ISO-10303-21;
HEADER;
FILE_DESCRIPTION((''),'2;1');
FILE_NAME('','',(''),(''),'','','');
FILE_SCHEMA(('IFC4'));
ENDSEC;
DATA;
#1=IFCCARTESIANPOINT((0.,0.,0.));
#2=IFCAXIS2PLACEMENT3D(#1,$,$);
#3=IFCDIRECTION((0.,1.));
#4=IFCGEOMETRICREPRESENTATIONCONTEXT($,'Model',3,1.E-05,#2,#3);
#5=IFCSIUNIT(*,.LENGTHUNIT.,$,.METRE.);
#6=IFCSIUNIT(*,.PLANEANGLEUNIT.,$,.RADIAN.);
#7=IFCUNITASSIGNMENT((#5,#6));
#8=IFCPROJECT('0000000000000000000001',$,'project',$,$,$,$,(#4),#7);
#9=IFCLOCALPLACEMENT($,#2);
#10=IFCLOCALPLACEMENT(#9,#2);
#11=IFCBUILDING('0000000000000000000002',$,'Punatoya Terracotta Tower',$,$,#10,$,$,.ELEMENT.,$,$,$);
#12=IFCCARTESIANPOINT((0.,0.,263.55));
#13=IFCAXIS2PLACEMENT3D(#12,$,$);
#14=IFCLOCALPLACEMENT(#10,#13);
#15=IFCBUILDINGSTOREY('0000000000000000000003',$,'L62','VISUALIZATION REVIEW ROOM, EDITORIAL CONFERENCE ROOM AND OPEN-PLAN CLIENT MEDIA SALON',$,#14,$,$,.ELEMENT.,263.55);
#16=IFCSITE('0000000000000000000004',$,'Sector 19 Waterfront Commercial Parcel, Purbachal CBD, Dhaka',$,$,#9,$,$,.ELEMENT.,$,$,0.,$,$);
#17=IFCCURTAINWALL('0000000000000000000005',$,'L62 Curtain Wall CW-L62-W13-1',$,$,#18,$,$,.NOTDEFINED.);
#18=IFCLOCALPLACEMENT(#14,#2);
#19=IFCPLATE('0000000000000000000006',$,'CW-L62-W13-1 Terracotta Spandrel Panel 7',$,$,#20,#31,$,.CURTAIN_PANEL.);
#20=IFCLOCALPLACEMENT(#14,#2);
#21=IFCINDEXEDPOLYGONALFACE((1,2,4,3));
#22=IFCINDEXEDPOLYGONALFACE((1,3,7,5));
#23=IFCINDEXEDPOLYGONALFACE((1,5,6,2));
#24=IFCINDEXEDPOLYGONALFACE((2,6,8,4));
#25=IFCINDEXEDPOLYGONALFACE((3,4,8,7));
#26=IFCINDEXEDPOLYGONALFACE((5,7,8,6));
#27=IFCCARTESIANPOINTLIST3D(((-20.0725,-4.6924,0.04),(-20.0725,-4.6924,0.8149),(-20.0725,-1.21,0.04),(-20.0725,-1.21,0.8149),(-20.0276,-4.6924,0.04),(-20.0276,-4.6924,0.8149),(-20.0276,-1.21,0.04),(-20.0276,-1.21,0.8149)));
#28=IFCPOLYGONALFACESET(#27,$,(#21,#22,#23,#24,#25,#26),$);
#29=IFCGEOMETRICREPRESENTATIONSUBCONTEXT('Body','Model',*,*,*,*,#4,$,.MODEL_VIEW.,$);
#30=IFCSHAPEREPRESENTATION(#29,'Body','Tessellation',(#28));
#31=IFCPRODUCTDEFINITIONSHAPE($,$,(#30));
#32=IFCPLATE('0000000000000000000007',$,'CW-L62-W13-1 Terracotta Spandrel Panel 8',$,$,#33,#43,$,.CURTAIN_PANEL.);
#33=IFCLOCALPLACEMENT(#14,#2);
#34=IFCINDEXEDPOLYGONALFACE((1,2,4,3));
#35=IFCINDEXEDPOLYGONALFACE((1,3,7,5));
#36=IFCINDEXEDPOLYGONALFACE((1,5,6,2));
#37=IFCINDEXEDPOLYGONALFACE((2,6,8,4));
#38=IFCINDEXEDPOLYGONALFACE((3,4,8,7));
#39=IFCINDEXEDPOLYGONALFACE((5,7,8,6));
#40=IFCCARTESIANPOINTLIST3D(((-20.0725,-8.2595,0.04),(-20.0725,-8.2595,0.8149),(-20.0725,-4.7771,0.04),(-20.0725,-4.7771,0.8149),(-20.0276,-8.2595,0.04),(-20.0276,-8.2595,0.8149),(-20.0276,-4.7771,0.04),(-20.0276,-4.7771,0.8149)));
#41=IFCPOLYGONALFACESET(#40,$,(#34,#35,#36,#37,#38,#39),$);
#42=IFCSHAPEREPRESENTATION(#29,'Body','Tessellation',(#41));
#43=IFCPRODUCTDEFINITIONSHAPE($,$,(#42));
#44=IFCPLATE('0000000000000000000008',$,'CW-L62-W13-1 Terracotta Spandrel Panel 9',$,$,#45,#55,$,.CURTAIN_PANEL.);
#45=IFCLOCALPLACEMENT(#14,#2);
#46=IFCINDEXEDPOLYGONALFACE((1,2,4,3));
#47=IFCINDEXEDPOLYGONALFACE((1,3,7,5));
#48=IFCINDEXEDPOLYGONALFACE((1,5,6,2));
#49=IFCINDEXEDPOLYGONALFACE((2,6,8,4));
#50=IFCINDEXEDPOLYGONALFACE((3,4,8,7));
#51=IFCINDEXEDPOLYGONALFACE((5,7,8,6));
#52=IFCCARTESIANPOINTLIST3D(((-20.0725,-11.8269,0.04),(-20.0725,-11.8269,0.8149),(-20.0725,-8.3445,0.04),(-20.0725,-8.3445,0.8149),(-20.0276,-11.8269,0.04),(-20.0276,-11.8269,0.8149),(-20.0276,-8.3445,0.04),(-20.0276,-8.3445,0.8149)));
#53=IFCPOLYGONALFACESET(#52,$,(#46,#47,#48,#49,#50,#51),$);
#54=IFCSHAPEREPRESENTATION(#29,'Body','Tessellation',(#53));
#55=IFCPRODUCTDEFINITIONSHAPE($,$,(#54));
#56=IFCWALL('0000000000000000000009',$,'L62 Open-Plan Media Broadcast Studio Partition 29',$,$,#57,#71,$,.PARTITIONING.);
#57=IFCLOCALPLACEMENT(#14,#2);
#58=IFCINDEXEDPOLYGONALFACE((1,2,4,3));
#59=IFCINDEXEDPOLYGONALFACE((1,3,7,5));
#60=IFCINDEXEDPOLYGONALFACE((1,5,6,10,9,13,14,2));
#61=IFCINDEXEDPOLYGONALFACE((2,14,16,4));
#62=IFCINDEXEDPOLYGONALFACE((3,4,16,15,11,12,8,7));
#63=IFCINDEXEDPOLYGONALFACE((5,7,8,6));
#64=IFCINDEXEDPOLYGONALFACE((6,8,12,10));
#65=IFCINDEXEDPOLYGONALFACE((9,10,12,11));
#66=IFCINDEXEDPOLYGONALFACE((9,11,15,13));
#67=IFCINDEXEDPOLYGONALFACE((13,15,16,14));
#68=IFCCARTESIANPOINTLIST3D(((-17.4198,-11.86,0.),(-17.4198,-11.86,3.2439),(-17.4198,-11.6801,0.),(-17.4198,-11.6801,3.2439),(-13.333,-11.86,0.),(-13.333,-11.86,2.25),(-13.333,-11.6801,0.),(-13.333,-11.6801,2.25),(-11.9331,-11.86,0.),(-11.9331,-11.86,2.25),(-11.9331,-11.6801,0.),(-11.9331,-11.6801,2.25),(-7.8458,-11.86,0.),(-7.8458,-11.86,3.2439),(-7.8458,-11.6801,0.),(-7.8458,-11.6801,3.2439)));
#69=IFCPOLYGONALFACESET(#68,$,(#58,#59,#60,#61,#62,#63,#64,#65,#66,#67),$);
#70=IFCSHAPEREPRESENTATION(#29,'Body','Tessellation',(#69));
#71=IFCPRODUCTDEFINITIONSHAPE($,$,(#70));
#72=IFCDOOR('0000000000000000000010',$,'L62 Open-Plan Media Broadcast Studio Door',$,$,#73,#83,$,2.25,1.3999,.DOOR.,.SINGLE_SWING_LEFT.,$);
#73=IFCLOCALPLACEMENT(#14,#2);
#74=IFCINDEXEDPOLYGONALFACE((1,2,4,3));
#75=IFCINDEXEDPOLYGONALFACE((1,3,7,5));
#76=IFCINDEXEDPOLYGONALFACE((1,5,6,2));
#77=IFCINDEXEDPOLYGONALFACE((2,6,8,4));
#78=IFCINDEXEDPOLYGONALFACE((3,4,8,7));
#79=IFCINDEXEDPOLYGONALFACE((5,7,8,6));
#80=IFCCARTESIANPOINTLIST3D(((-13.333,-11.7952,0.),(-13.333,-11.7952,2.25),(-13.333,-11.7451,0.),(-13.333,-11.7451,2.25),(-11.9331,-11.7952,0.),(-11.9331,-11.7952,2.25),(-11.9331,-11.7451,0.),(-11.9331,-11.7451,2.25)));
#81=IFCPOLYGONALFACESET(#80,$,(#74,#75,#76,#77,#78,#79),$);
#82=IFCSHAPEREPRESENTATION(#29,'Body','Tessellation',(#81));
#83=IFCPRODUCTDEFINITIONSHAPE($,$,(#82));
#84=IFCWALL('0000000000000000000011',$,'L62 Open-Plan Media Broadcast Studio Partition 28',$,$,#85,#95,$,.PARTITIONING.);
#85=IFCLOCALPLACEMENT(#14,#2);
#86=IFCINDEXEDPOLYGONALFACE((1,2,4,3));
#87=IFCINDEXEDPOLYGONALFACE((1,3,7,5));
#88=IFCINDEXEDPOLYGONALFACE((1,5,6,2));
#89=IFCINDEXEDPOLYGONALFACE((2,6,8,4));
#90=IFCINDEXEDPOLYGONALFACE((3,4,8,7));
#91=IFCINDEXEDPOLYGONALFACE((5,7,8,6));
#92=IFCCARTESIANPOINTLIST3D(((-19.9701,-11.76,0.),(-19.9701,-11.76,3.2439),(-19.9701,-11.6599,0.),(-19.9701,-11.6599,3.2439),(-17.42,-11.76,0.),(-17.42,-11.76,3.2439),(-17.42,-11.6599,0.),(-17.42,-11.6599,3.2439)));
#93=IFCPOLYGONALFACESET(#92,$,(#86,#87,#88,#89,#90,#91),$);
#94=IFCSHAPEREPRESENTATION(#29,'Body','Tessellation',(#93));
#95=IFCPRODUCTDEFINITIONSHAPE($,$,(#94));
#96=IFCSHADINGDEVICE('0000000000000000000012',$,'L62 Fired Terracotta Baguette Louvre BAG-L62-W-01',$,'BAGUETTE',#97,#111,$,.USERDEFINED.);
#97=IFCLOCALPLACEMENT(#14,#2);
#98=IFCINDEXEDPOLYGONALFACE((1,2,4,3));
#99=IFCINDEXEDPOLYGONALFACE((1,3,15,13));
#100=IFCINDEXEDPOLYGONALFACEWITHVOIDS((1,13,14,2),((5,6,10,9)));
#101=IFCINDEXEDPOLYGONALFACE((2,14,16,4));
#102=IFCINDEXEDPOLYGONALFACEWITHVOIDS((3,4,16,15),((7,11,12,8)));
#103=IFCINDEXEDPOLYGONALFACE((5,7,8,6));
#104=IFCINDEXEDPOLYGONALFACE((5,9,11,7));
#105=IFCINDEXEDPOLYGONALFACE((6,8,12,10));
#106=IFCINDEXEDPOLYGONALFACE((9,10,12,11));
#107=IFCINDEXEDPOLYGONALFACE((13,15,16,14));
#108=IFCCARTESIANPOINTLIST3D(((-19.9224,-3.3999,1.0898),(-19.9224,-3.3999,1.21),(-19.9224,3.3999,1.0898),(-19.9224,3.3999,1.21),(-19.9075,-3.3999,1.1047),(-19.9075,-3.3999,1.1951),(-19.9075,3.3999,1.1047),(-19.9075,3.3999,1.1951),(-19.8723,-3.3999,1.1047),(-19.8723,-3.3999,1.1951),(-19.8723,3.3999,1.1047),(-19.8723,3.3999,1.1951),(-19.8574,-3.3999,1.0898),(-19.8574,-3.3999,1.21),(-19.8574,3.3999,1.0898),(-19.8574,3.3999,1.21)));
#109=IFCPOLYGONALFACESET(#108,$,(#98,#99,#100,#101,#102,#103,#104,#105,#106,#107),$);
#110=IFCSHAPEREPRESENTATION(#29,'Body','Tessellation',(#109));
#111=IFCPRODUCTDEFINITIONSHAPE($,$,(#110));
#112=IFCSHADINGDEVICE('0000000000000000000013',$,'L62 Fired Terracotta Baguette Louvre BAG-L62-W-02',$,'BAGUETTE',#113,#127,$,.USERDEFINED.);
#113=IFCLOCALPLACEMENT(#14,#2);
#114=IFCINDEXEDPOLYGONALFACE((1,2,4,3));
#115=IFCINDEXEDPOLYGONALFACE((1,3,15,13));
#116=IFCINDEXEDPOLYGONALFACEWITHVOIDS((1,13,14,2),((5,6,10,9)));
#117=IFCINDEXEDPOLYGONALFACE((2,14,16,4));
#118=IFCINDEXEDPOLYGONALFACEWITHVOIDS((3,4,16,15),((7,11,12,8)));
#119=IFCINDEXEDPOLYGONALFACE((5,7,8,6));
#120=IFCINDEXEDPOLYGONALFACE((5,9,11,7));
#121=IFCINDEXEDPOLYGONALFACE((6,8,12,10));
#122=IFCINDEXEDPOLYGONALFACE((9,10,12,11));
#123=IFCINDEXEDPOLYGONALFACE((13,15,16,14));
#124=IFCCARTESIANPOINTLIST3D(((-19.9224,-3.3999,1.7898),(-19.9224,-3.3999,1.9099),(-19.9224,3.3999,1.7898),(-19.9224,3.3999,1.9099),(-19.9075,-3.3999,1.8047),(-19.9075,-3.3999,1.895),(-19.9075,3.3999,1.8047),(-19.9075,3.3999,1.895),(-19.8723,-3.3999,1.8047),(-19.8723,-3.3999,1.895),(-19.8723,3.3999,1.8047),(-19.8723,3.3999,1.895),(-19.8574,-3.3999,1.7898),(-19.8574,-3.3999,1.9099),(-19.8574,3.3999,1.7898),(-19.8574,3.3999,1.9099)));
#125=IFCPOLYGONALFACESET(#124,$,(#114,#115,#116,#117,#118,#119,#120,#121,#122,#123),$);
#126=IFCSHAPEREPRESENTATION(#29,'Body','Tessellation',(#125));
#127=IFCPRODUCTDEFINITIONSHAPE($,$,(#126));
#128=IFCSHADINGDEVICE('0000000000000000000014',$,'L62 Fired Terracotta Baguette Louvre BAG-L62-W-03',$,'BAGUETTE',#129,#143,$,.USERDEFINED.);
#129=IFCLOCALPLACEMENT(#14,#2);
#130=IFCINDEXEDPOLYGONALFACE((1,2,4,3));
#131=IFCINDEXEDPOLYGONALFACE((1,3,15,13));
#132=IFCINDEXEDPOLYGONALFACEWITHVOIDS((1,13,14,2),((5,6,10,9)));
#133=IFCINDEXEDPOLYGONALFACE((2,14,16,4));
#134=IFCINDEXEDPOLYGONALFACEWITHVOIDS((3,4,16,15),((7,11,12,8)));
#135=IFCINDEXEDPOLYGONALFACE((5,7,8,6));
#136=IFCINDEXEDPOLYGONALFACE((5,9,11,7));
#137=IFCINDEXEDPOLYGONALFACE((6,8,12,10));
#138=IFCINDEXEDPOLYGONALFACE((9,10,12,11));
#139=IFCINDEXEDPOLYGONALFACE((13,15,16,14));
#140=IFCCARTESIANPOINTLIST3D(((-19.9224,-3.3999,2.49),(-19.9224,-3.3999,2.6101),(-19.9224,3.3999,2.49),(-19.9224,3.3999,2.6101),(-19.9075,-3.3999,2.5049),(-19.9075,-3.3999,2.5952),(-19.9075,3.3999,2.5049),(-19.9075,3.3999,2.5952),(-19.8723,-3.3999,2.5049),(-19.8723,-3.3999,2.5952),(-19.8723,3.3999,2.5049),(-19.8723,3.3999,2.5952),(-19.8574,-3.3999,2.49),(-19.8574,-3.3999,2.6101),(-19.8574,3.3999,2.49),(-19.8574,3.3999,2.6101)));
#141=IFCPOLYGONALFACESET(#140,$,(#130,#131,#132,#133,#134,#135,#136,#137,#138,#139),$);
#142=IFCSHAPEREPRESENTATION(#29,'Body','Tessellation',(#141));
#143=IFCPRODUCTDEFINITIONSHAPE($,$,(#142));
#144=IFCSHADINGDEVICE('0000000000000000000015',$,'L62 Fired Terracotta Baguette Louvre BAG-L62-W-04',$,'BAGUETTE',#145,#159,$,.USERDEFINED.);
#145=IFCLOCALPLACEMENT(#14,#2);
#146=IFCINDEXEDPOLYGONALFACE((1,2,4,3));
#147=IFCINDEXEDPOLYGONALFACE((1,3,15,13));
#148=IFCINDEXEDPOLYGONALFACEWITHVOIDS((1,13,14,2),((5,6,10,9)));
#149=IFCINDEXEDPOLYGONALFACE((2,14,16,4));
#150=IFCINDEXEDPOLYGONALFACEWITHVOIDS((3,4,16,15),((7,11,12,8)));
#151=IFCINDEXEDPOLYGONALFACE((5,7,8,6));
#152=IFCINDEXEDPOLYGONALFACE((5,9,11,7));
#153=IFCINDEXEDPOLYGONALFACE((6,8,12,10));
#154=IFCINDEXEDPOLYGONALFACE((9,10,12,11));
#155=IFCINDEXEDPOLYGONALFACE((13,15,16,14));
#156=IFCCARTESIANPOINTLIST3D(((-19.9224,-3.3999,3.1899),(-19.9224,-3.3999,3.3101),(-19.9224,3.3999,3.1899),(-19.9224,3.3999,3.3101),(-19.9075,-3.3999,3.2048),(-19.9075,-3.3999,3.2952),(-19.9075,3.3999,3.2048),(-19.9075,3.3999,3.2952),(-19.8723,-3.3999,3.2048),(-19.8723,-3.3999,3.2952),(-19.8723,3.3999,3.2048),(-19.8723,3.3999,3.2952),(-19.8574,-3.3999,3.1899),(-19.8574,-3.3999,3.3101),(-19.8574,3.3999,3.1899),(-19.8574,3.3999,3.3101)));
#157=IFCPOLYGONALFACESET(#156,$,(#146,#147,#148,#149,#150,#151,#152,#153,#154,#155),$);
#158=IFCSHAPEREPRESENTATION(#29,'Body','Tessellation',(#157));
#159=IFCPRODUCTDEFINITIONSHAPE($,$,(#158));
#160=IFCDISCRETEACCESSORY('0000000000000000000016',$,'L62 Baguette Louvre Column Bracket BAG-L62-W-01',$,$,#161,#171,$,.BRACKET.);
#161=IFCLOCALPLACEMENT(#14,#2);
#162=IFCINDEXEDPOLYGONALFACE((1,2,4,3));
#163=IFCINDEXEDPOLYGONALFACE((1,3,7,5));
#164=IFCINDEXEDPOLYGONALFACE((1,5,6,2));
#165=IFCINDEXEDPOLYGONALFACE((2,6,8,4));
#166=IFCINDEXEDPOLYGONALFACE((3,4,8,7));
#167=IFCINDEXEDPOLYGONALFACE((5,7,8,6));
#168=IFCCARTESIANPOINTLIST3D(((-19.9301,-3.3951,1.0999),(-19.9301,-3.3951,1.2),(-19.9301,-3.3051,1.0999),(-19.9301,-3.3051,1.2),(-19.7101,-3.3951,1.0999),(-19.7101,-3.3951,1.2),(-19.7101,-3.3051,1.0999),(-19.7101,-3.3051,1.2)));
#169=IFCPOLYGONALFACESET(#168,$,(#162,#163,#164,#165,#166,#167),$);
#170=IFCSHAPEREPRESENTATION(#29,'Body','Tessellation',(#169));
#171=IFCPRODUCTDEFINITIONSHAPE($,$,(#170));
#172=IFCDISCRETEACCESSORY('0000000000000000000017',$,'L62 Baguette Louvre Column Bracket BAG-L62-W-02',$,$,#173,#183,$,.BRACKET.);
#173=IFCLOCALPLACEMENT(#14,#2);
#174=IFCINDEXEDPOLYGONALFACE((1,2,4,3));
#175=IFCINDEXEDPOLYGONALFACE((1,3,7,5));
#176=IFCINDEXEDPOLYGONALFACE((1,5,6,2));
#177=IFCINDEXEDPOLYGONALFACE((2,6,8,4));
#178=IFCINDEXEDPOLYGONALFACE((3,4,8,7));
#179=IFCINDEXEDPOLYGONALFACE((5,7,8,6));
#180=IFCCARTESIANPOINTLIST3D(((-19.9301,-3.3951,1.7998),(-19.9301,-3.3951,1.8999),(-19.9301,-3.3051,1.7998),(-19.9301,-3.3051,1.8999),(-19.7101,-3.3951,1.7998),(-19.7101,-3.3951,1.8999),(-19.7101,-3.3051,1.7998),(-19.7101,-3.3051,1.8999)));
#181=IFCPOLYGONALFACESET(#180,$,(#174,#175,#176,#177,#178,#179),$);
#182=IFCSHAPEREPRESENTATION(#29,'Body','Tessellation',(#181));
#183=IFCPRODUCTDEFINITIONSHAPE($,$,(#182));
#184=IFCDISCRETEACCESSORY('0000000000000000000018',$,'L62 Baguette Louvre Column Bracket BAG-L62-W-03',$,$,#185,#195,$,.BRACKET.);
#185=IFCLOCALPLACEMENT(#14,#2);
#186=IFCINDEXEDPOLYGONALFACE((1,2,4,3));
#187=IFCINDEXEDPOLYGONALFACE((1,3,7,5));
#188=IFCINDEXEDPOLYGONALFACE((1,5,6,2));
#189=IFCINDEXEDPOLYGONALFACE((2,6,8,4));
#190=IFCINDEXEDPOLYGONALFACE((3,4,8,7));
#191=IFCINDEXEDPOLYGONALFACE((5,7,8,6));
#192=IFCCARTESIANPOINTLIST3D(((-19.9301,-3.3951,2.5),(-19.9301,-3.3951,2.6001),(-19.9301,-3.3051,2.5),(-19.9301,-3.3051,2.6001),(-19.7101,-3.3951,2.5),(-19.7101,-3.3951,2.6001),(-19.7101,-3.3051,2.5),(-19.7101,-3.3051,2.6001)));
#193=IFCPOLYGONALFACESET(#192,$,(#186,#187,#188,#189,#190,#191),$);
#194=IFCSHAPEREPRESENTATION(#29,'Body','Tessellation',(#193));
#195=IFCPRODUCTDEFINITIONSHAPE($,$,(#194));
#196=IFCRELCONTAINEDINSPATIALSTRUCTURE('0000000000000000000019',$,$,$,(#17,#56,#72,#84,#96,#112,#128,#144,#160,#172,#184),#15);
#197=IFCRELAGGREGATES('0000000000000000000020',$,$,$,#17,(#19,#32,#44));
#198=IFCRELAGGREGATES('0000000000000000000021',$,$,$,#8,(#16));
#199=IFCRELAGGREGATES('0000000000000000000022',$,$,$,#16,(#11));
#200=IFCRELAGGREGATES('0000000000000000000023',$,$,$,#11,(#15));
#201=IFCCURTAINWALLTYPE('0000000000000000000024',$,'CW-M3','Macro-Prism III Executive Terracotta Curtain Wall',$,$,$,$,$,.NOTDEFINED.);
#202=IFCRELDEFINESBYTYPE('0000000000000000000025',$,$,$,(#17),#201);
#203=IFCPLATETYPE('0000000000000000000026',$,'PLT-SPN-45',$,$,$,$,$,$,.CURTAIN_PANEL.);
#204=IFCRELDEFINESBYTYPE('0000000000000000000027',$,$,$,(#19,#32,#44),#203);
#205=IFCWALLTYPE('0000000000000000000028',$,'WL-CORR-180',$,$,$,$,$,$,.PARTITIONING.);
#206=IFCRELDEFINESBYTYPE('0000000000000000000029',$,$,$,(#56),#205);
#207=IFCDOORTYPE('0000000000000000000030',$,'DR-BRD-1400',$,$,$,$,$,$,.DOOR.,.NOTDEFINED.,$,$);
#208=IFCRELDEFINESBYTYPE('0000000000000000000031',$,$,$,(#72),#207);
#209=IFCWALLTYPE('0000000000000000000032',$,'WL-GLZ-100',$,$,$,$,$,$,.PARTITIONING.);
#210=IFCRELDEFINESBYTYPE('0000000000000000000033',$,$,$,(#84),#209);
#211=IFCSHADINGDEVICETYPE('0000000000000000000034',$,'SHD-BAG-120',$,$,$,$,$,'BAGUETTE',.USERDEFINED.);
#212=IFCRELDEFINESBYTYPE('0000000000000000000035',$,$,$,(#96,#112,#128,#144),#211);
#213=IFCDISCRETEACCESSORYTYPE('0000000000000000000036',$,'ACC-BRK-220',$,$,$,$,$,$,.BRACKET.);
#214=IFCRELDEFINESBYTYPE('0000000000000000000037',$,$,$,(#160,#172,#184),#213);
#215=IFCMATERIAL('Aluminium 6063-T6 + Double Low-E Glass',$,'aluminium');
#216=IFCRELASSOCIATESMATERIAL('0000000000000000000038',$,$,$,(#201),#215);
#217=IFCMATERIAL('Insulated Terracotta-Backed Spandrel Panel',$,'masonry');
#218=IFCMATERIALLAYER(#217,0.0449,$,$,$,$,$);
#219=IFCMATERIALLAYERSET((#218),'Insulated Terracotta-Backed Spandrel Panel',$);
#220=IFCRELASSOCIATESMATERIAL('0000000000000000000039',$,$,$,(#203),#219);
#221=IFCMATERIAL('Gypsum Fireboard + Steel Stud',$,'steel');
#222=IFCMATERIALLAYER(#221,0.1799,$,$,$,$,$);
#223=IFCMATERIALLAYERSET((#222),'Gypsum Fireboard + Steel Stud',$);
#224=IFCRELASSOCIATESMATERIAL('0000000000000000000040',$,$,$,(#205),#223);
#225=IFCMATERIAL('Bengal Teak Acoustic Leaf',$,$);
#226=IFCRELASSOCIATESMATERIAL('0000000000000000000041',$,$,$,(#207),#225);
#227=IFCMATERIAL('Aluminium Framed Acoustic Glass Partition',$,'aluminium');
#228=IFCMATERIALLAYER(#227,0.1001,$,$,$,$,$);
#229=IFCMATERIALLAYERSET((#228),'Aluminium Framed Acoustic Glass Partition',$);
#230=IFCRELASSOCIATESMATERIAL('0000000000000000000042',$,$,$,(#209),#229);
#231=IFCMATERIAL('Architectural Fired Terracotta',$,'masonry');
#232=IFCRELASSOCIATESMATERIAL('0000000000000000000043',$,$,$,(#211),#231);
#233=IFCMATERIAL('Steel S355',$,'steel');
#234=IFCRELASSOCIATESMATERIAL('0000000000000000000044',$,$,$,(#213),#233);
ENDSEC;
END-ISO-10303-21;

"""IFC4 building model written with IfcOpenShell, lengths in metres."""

from ifc_helpers import new_model, si_unit, direction, frame, frame_2d, origin, origin_2d, place, context, subcontext, project, spatial, rectangle, hollow_rectangle, extrude, material, layer, layer_set, material_profile, profile_set, type_object, element, fill, aggregate, save


model = new_model("IFC4")

# Units and contexts
model_context = context("Model", 3, precision=1e-05, world=origin(), true_north=direction((0.0, 1.0)))
body_context = subcontext(model_context, "Body", "Model", "MODEL_VIEW")
ifc_project = project(units=[si_unit("LENGTHUNIT", "METRE"), si_unit("PLANEANGLEUNIT", "RADIAN")], contexts=[model_context])

# Site, building, storey
site_placement = place(None, origin())
site = spatial("IfcSite", under=ifc_project, at=site_placement, Name="Sector 19 Waterfront Commercial Parcel, Purbachal CBD, Dhaka", CompositionType="ELEMENT", RefElevation=0.0)
building_placement = place(site_placement, origin())
building = spatial("IfcBuilding", under=site, at=building_placement, Name="Punatoya Terracotta Tower", CompositionType="ELEMENT")
storey_placement = place(building_placement, frame((0.0, 0.0, 263.55)))
storey = spatial("IfcBuildingStorey", under=building, at=storey_placement, Name="L62", Description="VISUALIZATION REVIEW ROOM, EDITORIAL CONFERENCE ROOM AND OPEN-PLAN CLIENT MEDIA SALON", CompositionType="ELEMENT", Elevation=263.55)

# Shared definitions
ifc_material_1 = material(Name="Steel S355", Category="steel")

# Curtain wall
ifc_material_2 = material(Name="Aluminium 6063-T6 + Double Low-E Glass", Category="aluminium")
curtain_wall_type = type_object("IfcCurtainWallType", Name="CW-M3", Description="Macro-Prism III Executive Terracotta Curtain Wall", PredefinedType="NOTDEFINED", material=ifc_material_2)
curtain_wall_placement = place(storey_placement, origin())
curtain_wall = element("IfcCurtainWall", 1, at=curtain_wall_placement, inside=storey, type_object=curtain_wall_type, Name="L62 Curtain Wall CW-L62-W13-1", PredefinedType="NOTDEFINED")

# Plates
ifc_material_3 = material(Name="Insulated Terracotta-Backed Spandrel Panel", Category="masonry")
ifc_layer_1 = layer(ifc_material_3, 0.0449)
ifc_layer_set_1 = layer_set([ifc_layer_1], Name="Insulated Terracotta-Backed Spandrel Panel")
plate_type_1 = type_object("IfcPlateType", Name="PLT-SPN-45", PredefinedType="CURTAIN_PANEL", material=ifc_layer_set_1)
plate_1_placement = place(storey_placement, frame((-20.05, -2.9512, 0.04), z_axis=(0.0, 0.0, 1.0), x_axis=(0.0, -1.0, 0.0)))
plate_1 = element("IfcPlate", 2, at=plate_1_placement, type_object=plate_type_1, Name="CW-L62-W13-1 Terracotta Spandrel Panel 7", PredefinedType="CURTAIN_PANEL", context=body_context, shape_type="SweptSolid", body=[
    extrude(rectangle(XDim=3.4824, YDim=0.0449, at=origin_2d()), origin(), (0.0, 0.0, 1.0), 0.7749),
])
plate_2_placement = place(storey_placement, frame((-20.05, -6.5183, 0.04), z_axis=(0.0, 0.0, 1.0), x_axis=(0.0, -1.0, 0.0)))
plate_2 = element("IfcPlate", 3, at=plate_2_placement, type_object=plate_type_1, Name="CW-L62-W13-1 Terracotta Spandrel Panel 8", PredefinedType="CURTAIN_PANEL", context=body_context, shape_type="SweptSolid", body=[
    extrude(rectangle(XDim=3.4824, YDim=0.0449, at=origin_2d()), origin(), (0.0, 0.0, 1.0), 0.7749),
])
plate_3_placement = place(storey_placement, frame((-20.05, -10.0857, 0.04), z_axis=(0.0, 0.0, 1.0), x_axis=(0.0, -1.0, 0.0)))
plate_3 = element("IfcPlate", 4, at=plate_3_placement, type_object=plate_type_1, Name="CW-L62-W13-1 Terracotta Spandrel Panel 9", PredefinedType="CURTAIN_PANEL", context=body_context, shape_type="SweptSolid", body=[
    extrude(rectangle(XDim=3.4824, YDim=0.0449, at=origin_2d()), origin(), (0.0, 0.0, 1.0), 0.7749),
])
aggregate(curtain_wall, [plate_1, plate_2, plate_3])

# Wall, opening, door
ifc_material_4 = material(Name="Gypsum Fireboard + Steel Stud", Category="steel")
ifc_layer_2 = layer(ifc_material_4, 0.1799)
ifc_layer_set_2 = layer_set([ifc_layer_2], Name="Gypsum Fireboard + Steel Stud")
wall_type_1 = type_object("IfcWallType", Name="WL-CORR-180", PredefinedType="PARTITIONING", material=ifc_layer_set_2)
wall_1_placement = place(storey_placement, frame((-17.4199, -11.77, 0.0), z_axis=(0.0, 0.0, 1.0), x_axis=(1.0, 0.0, 0.0)))
wall_1 = element("IfcWall", 5, at=wall_1_placement, inside=storey, type_object=wall_type_1, Name="L62 Open-Plan Media Broadcast Studio Partition 29", PredefinedType="PARTITIONING", context=body_context, shape_type="SweptSolid", body=[
    extrude(rectangle(XDim=9.574, YDim=0.1799, at=frame_2d((4.7871, 0.0))), origin(), (0.0, 0.0, 1.0), 3.2439),
])
opening_placement = place(wall_1_placement, frame((4.0869, 0.0, 0.0)))
opening = element("IfcOpeningElement", 6, at=opening_placement, cuts=wall_1, PredefinedType="OPENING", context=body_context, shape_type="SweptSolid", body=[
    extrude(rectangle(XDim=1.3999, YDim=2.25, at=frame_2d((0.7, 1.125))), frame((0.0, 0.0999, 0.0), z_axis=(0.0, -1.0, 0.0), x_axis=(1.0, 0.0, 0.0)), (0.0, 0.0, 1.0), 0.2),
])
ifc_material_5 = material(Name="Bengal Teak Acoustic Leaf")
door_type = type_object("IfcDoorType", Name="DR-BRD-1400", OperationType="NOTDEFINED", PredefinedType="DOOR", material=ifc_material_5)
door_placement = place(opening_placement, origin())
door = element("IfcDoor", 7, at=door_placement, inside=storey, type_object=door_type, Name="L62 Open-Plan Media Broadcast Studio Door", OperationType="SINGLE_SWING_LEFT", OverallHeight=2.25, OverallWidth=1.3999, PredefinedType="DOOR", context=body_context, shape_type="SweptSolid", body=[
    extrude(rectangle(XDim=1.3999, YDim=2.25, at=frame_2d((0.7, 1.125))), frame((0.0, 0.0249, 0.0), z_axis=(0.0, -1.0, 0.0), x_axis=(1.0, 0.0, 0.0)), (0.0, 0.0, 1.0), 0.05),
])
fill(opening, door)

# Wall
ifc_material_6 = material(Name="Aluminium Framed Acoustic Glass Partition", Category="aluminium")
ifc_layer_3 = layer(ifc_material_6, 0.1001)
ifc_layer_set_3 = layer_set([ifc_layer_3], Name="Aluminium Framed Acoustic Glass Partition")
wall_type_2 = type_object("IfcWallType", Name="WL-GLZ-100", PredefinedType="PARTITIONING", material=ifc_layer_set_3)
wall_2_placement = place(storey_placement, frame((-19.97, -11.71, 0.0), z_axis=(0.0, 0.0, 1.0), x_axis=(1.0, 0.0, 0.0)))
element("IfcWall", 8, at=wall_2_placement, inside=storey, type_object=wall_type_2, Name="L62 Open-Plan Media Broadcast Studio Partition 28", PredefinedType="PARTITIONING", context=body_context, shape_type="SweptSolid", body=[
    extrude(rectangle(XDim=2.55, YDim=0.1001, at=frame_2d((1.2749, 0.0))), origin(), (0.0, 0.0, 1.0), 3.2439),
])

# Shading devices
ifc_material_7 = material(Name="Architectural Fired Terracotta", Category="masonry")
ifc_material_profile_1 = material_profile(ifc_material_7, hollow_rectangle(XDim=0.0649, YDim=0.1201, WallThickness=0.0149, at=origin_2d()))
ifc_profile_set_1 = profile_set([ifc_material_profile_1], Name="Architectural Fired Terracotta")
shading_device_type = type_object("IfcShadingDeviceType", Name="SHD-BAG-120", ElementType="BAGUETTE", PredefinedType="USERDEFINED", material=ifc_profile_set_1)
for number, where, z_axis, x_axis, name in (
    (9, (-19.8899, -3.3999, 1.1499), (0.0, 1.0, 0.0), (-1.0, 0.0, 0.0), "L62 Fired Terracotta Baguette Louvre BAG-L62-W-01"),
    (10, (-19.8899, -3.3999, 1.8499), (0.0, 1.0, 0.0), (-1.0, 0.0, 0.0), "L62 Fired Terracotta Baguette Louvre BAG-L62-W-02"),
    (11, (-19.8899, -3.3999, 2.55), (0.0, 1.0, 0.0), (-1.0, 0.0, 0.0), "L62 Fired Terracotta Baguette Louvre BAG-L62-W-03"),
    (12, (-19.8899, -3.3999, 3.25), (0.0, 1.0, 0.0), (-1.0, 0.0, 0.0), "L62 Fired Terracotta Baguette Louvre BAG-L62-W-04"),
):
    element("IfcShadingDevice", number, at=place(storey_placement, frame(where, z_axis=z_axis, x_axis=x_axis)), inside=storey, type_object=shading_device_type, Name=name, ObjectType="BAGUETTE", PredefinedType="USERDEFINED", context=body_context, shape_type="SweptSolid", body=[
        extrude(hollow_rectangle(XDim=0.0649, YDim=0.1201, WallThickness=0.0149, at=origin_2d()), origin(), (0.0, 0.0, 1.0), 6.7998),
    ])

# Discrete accessories
discrete_accessory_type = type_object("IfcDiscreteAccessoryType", Name="ACC-BRK-220", PredefinedType="BRACKET", material=ifc_material_1)
for number, where, z_axis, x_axis, name in (
    (13, (-19.8201, -3.3501, 1.0999), (0.0, 0.0, 1.0), (0.0, 1.0, 0.0), "L62 Baguette Louvre Column Bracket BAG-L62-W-01"),
    (14, (-19.8201, -3.3501, 1.7998), (0.0, 0.0, 1.0), (0.0, 1.0, 0.0), "L62 Baguette Louvre Column Bracket BAG-L62-W-02"),
    (15, (-19.8201, -3.3501, 2.5), (0.0, 0.0, 1.0), (0.0, 1.0, 0.0), "L62 Baguette Louvre Column Bracket BAG-L62-W-03"),
):
    element("IfcDiscreteAccessory", number, at=place(storey_placement, frame(where, z_axis=z_axis, x_axis=x_axis)), inside=storey, type_object=discrete_accessory_type, Name=name, PredefinedType="BRACKET", context=body_context, shape_type="SweptSolid", body=[
        extrude(rectangle(XDim=0.0901, YDim=0.22, at=origin_2d()), origin(), (0.0, 0.0, 1.0), 0.1001),
    ])

save(model, "model.ifc")
